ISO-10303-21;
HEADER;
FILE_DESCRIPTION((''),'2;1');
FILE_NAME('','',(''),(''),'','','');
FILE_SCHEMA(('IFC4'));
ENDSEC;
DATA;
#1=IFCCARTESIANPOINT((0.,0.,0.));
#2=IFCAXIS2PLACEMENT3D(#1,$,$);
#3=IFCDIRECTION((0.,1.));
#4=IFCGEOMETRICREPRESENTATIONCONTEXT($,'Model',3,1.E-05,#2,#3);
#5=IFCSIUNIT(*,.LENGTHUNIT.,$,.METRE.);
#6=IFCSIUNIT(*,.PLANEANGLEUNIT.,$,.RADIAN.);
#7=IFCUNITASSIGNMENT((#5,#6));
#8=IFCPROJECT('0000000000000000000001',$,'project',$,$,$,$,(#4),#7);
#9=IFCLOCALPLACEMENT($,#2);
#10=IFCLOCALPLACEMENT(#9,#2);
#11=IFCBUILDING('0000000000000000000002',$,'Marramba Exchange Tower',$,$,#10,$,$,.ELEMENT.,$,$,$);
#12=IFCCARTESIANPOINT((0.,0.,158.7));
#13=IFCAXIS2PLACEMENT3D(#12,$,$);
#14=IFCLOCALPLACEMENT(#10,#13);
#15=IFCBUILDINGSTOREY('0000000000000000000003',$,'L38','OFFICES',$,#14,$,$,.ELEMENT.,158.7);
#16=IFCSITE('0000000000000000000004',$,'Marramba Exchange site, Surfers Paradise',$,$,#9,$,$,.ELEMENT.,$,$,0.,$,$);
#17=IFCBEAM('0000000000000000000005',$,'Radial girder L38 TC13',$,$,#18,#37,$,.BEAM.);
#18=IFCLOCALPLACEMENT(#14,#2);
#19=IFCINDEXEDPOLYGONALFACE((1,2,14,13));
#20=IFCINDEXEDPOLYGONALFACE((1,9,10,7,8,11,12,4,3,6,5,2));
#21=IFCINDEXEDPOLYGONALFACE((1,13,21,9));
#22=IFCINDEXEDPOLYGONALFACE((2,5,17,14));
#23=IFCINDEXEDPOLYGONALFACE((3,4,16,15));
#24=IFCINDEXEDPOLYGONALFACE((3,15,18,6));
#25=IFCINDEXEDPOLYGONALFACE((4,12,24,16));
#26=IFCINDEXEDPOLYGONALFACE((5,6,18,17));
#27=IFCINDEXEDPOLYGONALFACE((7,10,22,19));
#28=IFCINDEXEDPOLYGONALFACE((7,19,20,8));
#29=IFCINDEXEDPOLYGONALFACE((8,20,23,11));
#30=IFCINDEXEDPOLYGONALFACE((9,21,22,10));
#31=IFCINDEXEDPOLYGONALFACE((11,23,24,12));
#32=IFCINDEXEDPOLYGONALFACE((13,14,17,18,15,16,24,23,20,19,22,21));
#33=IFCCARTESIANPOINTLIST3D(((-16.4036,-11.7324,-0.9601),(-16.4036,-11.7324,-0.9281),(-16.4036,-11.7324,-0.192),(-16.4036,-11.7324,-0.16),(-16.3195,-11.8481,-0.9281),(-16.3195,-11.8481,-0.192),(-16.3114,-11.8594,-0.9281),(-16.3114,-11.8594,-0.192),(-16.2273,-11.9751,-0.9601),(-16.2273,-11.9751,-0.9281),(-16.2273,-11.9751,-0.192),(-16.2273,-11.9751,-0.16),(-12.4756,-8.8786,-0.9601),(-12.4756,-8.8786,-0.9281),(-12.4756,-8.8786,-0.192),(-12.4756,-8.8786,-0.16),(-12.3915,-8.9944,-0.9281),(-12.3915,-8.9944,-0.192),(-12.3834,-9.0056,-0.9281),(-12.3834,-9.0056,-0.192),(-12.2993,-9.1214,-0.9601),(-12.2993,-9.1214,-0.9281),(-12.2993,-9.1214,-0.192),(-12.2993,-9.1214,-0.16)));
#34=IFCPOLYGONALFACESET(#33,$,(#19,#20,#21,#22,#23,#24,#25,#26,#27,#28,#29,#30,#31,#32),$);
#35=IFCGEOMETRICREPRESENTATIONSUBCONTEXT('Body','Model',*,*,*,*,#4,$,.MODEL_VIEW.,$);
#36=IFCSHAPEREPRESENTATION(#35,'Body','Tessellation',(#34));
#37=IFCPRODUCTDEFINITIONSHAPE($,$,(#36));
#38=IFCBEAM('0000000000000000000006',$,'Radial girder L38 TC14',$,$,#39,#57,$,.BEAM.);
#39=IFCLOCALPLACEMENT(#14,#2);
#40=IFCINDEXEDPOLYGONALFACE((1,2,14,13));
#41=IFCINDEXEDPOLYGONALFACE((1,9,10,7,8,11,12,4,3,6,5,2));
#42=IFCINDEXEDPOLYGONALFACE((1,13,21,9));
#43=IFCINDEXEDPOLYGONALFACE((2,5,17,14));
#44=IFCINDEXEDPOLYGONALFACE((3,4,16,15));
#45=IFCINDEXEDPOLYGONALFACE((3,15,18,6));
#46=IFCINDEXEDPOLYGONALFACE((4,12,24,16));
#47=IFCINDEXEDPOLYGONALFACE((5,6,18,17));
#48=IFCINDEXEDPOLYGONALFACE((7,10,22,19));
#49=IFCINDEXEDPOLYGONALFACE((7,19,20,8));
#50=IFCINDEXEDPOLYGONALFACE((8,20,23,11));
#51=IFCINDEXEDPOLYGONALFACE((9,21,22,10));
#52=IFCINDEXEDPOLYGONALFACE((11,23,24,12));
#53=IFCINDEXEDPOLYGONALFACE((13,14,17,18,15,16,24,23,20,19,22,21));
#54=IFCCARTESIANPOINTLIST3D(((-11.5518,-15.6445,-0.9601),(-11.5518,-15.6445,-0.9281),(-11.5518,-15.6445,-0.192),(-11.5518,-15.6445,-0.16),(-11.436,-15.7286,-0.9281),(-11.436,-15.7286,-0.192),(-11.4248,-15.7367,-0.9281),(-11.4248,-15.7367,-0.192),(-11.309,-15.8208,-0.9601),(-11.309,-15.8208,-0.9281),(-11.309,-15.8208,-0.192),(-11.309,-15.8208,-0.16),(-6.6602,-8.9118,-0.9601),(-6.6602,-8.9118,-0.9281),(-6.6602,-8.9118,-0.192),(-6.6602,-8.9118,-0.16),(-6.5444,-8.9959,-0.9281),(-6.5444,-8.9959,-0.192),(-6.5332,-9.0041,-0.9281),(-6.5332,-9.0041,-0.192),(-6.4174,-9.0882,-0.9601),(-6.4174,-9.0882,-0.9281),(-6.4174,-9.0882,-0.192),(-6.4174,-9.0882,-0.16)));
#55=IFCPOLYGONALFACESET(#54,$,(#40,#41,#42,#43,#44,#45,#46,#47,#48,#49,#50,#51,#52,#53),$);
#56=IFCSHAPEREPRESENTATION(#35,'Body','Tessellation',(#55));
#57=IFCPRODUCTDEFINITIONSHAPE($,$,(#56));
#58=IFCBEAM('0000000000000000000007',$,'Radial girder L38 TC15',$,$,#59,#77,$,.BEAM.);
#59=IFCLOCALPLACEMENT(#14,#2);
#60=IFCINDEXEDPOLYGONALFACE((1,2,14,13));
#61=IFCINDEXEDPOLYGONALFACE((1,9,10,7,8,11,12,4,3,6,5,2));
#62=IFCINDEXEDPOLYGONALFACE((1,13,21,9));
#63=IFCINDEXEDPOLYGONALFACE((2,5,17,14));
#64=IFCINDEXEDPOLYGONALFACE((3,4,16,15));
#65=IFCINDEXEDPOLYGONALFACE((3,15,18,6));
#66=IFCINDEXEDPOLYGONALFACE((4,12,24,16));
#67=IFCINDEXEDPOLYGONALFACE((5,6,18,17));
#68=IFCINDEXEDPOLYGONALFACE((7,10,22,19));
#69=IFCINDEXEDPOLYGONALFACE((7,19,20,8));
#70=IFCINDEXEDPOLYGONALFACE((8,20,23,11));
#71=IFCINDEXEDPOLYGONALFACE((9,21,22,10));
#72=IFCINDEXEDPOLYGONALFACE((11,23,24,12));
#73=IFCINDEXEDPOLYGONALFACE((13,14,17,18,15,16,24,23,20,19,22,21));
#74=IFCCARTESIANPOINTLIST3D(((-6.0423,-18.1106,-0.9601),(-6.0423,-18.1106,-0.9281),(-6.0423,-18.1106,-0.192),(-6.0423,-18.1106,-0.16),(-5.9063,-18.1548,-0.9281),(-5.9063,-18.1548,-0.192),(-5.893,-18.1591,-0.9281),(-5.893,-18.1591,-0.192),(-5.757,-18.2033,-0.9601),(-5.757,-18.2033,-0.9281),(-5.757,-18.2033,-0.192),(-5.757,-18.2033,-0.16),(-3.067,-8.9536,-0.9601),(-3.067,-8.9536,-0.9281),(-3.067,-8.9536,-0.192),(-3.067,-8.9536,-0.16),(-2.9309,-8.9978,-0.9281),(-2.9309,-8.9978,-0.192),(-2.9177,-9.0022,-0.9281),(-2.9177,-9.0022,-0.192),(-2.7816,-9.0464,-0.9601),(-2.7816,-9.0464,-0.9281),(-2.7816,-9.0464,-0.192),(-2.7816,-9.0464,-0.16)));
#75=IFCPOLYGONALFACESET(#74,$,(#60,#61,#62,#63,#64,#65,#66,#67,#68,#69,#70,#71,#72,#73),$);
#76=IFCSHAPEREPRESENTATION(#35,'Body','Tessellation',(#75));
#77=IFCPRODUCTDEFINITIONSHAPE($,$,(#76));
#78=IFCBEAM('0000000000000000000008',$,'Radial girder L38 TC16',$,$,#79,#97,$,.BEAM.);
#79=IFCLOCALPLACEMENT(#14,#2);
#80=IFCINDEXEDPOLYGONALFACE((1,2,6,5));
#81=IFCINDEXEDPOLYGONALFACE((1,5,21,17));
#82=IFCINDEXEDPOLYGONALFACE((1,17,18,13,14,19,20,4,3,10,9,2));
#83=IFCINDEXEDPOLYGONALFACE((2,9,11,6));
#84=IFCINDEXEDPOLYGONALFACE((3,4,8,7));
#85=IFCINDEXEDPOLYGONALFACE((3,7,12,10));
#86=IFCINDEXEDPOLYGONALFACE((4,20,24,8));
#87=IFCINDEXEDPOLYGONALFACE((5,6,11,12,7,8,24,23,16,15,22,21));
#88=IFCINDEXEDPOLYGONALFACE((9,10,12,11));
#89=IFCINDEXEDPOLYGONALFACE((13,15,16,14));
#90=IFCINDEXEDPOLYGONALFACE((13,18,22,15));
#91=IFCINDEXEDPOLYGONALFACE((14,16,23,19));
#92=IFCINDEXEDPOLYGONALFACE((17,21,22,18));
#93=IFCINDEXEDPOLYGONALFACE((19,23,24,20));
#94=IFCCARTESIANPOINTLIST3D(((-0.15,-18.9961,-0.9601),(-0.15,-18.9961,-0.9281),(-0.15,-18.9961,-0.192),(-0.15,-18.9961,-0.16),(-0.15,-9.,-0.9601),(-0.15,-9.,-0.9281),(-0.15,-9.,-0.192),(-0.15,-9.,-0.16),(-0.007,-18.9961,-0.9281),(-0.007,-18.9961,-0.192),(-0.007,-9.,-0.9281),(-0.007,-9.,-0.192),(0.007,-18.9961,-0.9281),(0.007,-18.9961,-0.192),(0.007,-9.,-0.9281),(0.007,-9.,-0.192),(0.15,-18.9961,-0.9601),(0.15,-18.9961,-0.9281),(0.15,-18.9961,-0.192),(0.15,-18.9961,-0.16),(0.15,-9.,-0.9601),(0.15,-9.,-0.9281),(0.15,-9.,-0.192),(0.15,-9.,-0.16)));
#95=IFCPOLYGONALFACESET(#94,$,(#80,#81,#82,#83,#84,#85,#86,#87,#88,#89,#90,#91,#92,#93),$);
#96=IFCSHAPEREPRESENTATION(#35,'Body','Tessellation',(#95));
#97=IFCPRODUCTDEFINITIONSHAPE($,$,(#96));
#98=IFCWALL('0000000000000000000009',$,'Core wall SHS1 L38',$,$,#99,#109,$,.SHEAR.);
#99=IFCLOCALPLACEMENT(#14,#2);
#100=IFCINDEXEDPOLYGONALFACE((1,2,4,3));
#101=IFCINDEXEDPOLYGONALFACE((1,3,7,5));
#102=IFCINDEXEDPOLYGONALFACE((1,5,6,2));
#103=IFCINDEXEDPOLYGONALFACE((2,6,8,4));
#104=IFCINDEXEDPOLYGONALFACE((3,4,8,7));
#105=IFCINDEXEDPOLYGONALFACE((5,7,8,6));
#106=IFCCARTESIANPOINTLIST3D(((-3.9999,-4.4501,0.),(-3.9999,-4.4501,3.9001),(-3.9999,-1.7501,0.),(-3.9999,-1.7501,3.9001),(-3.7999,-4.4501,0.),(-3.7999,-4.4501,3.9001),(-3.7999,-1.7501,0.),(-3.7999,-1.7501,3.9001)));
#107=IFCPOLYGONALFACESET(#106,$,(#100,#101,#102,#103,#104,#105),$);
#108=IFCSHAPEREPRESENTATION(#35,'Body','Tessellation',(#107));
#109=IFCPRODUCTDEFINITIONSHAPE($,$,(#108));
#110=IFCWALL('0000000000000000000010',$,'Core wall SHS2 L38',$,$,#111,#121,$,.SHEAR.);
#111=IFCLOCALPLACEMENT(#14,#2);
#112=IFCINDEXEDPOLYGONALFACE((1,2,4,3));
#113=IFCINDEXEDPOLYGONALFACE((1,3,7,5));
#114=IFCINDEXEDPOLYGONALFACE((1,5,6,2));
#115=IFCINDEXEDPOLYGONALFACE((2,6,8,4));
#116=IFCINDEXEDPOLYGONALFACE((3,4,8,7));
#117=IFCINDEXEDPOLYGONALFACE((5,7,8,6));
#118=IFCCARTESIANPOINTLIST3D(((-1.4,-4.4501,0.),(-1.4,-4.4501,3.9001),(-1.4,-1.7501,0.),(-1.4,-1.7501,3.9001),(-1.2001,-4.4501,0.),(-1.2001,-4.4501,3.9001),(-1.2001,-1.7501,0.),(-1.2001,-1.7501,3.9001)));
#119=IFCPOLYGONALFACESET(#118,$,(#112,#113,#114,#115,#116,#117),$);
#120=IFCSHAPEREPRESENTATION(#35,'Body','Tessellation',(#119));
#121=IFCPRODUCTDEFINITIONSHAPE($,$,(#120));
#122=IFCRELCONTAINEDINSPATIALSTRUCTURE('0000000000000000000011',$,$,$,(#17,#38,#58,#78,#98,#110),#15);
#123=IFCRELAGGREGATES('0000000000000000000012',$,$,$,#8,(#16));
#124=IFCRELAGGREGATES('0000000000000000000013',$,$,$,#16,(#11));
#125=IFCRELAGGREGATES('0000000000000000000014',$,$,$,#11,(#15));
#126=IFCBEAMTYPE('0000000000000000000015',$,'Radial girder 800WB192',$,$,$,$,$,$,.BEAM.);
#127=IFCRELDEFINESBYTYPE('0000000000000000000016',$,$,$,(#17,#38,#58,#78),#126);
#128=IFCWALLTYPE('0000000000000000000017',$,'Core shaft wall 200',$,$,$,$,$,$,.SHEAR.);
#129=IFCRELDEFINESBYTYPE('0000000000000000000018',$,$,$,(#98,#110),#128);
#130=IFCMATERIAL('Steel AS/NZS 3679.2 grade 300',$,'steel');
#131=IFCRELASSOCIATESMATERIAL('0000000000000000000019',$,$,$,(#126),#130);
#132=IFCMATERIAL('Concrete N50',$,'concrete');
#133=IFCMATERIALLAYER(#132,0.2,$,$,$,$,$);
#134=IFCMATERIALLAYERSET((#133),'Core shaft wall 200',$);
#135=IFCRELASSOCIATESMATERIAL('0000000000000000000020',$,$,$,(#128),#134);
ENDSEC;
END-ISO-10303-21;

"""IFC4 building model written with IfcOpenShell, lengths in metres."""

from ifc_helpers import new_model, si_unit, direction, frame, frame_2d, origin, origin_2d, place, context, subcontext, project, spatial, rectangle, i_section, extrude, material, layer, layer_set, material_profile, profile_set, type_object, element, save


model = new_model("IFC4")

# Units and contexts
model_context = context("Model", 3, precision=1e-05, world=origin(), true_north=direction((0.0, 1.0)))
body_context = subcontext(model_context, "Body", "Model", "MODEL_VIEW")
ifc_project = project(units=[si_unit("LENGTHUNIT", "METRE"), si_unit("PLANEANGLEUNIT", "RADIAN")], contexts=[model_context])

# Site, building, storey
site_placement = place(None, origin())
site = spatial("IfcSite", under=ifc_project, at=site_placement, Name="Marramba Exchange site, Surfers Paradise", CompositionType="ELEMENT", RefElevation=0.0)
building_placement = place(site_placement, origin())
building = spatial("IfcBuilding", under=site, at=building_placement, Name="Marramba Exchange Tower", CompositionType="ELEMENT")
storey_placement = place(building_placement, frame((0.0, 0.0, 158.7)))
storey = spatial("IfcBuildingStorey", under=building, at=storey_placement, Name="L38", Description="OFFICES", CompositionType="ELEMENT", Elevation=158.7)

# Beams
ifc_material_1 = material(Name="Steel AS/NZS 3679.2 grade 300", Category="steel")
ifc_material_profile = material_profile(ifc_material_1, i_section(OverallWidth=0.3, OverallDepth=0.8, WebThickness=0.0139, FlangeThickness=0.032, at=origin_2d()), Name="800WB192")
ifc_profile_set = profile_set([ifc_material_profile], Name="Steel AS/NZS 3679.2 grade 300")
beam_type = type_object("IfcBeamType", Name="Radial girder 800WB192", PredefinedType="BEAM", material=ifc_profile_set)
beam_1_placement = place(storey_placement, frame((-12.3875, -9.0, -0.5601), z_axis=(-0.809025, -0.587774, 0.0), x_axis=(0.587774, -0.809025, 0.0)))
element("IfcBeam", 1, at=beam_1_placement, inside=storey, type_object=beam_type, Name="Radial girder L38 TC13", PredefinedType="BEAM", context=body_context, shape_type="SweptSolid", body=[
    extrude(i_section(OverallWidth=0.3, OverallDepth=0.8, WebThickness=0.0139, FlangeThickness=0.032, at=origin_2d()), origin(), (0.0, 0.0, 1.0), 4.8552),
])
beam_2_placement = place(storey_placement, frame((-6.5388, -9.0, -0.5601), z_axis=(-0.587788, -0.809015, 0.0), x_axis=(0.809015, -0.587788, 0.0)))
element("IfcBeam", 2, at=beam_2_placement, inside=storey, type_object=beam_type, Name="Radial girder L38 TC14", PredefinedType="BEAM", context=body_context, shape_type="SweptSolid", body=[
    extrude(i_section(OverallWidth=0.3, OverallDepth=0.8, WebThickness=0.0139, FlangeThickness=0.032, at=origin_2d()), origin(), (0.0, 0.0, 1.0), 8.322),
])
beam_3_placement = place(storey_placement, frame((-2.9243, -9.0, -0.5601), z_axis=(-0.309022, -0.951055, 0.0), x_axis=(0.951055, -0.309022, 0.0)))
element("IfcBeam", 3, at=beam_3_placement, inside=storey, type_object=beam_type, Name="Radial girder L38 TC15", PredefinedType="BEAM", context=body_context, shape_type="SweptSolid", body=[
    extrude(i_section(OverallWidth=0.3, OverallDepth=0.8, WebThickness=0.0139, FlangeThickness=0.032, at=origin_2d()), origin(), (0.0, 0.0, 1.0), 9.6282),
])
beam_4_placement = place(storey_placement, frame((0.0, -9.0, -0.5601), z_axis=(0.0, -1.0, 0.0), x_axis=(1.0, 0.0, 0.0)))
element("IfcBeam", 4, at=beam_4_placement, inside=storey, type_object=beam_type, Name="Radial girder L38 TC16", PredefinedType="BEAM", context=body_context, shape_type="SweptSolid", body=[
    extrude(i_section(OverallWidth=0.3, OverallDepth=0.8, WebThickness=0.0139, FlangeThickness=0.032, at=origin_2d()), origin(), (0.0, 0.0, 1.0), 9.9961),
])

# Walls
ifc_material_2 = material(Name="Concrete N50", Category="concrete")
ifc_layer_1 = layer(ifc_material_2, 0.2)
ifc_layer_set_1 = layer_set([ifc_layer_1], Name="Core shaft wall 200")
wall_type_1 = type_object("IfcWallType", Name="Core shaft wall 200", PredefinedType="SHEAR", material=ifc_layer_set_1)
for number, where, z_axis, x_axis, name in (
    (5, (-3.8999, -1.75, 0.0), (0.0, 0.0, 1.0), (0.0, -1.0, 0.0), "Core wall SHS1 L38"),
    (6, (-1.3, -1.75, 0.0), (0.0, 0.0, 1.0), (0.0, -1.0, 0.0), "Core wall SHS2 L38"),
):
    element("IfcWall", number, at=place(storey_placement, frame(where, z_axis=z_axis, x_axis=x_axis)), inside=storey, type_object=wall_type_1, Name=name, PredefinedType="SHEAR", context=body_context, shape_type="SweptSolid", body=[
        extrude(rectangle(XDim=2.7, YDim=0.2, at=frame_2d((1.3501, 0.0))), origin(), (0.0, 0.0, 1.0), 3.9001),
    ])

save(model, "model.ifc")
